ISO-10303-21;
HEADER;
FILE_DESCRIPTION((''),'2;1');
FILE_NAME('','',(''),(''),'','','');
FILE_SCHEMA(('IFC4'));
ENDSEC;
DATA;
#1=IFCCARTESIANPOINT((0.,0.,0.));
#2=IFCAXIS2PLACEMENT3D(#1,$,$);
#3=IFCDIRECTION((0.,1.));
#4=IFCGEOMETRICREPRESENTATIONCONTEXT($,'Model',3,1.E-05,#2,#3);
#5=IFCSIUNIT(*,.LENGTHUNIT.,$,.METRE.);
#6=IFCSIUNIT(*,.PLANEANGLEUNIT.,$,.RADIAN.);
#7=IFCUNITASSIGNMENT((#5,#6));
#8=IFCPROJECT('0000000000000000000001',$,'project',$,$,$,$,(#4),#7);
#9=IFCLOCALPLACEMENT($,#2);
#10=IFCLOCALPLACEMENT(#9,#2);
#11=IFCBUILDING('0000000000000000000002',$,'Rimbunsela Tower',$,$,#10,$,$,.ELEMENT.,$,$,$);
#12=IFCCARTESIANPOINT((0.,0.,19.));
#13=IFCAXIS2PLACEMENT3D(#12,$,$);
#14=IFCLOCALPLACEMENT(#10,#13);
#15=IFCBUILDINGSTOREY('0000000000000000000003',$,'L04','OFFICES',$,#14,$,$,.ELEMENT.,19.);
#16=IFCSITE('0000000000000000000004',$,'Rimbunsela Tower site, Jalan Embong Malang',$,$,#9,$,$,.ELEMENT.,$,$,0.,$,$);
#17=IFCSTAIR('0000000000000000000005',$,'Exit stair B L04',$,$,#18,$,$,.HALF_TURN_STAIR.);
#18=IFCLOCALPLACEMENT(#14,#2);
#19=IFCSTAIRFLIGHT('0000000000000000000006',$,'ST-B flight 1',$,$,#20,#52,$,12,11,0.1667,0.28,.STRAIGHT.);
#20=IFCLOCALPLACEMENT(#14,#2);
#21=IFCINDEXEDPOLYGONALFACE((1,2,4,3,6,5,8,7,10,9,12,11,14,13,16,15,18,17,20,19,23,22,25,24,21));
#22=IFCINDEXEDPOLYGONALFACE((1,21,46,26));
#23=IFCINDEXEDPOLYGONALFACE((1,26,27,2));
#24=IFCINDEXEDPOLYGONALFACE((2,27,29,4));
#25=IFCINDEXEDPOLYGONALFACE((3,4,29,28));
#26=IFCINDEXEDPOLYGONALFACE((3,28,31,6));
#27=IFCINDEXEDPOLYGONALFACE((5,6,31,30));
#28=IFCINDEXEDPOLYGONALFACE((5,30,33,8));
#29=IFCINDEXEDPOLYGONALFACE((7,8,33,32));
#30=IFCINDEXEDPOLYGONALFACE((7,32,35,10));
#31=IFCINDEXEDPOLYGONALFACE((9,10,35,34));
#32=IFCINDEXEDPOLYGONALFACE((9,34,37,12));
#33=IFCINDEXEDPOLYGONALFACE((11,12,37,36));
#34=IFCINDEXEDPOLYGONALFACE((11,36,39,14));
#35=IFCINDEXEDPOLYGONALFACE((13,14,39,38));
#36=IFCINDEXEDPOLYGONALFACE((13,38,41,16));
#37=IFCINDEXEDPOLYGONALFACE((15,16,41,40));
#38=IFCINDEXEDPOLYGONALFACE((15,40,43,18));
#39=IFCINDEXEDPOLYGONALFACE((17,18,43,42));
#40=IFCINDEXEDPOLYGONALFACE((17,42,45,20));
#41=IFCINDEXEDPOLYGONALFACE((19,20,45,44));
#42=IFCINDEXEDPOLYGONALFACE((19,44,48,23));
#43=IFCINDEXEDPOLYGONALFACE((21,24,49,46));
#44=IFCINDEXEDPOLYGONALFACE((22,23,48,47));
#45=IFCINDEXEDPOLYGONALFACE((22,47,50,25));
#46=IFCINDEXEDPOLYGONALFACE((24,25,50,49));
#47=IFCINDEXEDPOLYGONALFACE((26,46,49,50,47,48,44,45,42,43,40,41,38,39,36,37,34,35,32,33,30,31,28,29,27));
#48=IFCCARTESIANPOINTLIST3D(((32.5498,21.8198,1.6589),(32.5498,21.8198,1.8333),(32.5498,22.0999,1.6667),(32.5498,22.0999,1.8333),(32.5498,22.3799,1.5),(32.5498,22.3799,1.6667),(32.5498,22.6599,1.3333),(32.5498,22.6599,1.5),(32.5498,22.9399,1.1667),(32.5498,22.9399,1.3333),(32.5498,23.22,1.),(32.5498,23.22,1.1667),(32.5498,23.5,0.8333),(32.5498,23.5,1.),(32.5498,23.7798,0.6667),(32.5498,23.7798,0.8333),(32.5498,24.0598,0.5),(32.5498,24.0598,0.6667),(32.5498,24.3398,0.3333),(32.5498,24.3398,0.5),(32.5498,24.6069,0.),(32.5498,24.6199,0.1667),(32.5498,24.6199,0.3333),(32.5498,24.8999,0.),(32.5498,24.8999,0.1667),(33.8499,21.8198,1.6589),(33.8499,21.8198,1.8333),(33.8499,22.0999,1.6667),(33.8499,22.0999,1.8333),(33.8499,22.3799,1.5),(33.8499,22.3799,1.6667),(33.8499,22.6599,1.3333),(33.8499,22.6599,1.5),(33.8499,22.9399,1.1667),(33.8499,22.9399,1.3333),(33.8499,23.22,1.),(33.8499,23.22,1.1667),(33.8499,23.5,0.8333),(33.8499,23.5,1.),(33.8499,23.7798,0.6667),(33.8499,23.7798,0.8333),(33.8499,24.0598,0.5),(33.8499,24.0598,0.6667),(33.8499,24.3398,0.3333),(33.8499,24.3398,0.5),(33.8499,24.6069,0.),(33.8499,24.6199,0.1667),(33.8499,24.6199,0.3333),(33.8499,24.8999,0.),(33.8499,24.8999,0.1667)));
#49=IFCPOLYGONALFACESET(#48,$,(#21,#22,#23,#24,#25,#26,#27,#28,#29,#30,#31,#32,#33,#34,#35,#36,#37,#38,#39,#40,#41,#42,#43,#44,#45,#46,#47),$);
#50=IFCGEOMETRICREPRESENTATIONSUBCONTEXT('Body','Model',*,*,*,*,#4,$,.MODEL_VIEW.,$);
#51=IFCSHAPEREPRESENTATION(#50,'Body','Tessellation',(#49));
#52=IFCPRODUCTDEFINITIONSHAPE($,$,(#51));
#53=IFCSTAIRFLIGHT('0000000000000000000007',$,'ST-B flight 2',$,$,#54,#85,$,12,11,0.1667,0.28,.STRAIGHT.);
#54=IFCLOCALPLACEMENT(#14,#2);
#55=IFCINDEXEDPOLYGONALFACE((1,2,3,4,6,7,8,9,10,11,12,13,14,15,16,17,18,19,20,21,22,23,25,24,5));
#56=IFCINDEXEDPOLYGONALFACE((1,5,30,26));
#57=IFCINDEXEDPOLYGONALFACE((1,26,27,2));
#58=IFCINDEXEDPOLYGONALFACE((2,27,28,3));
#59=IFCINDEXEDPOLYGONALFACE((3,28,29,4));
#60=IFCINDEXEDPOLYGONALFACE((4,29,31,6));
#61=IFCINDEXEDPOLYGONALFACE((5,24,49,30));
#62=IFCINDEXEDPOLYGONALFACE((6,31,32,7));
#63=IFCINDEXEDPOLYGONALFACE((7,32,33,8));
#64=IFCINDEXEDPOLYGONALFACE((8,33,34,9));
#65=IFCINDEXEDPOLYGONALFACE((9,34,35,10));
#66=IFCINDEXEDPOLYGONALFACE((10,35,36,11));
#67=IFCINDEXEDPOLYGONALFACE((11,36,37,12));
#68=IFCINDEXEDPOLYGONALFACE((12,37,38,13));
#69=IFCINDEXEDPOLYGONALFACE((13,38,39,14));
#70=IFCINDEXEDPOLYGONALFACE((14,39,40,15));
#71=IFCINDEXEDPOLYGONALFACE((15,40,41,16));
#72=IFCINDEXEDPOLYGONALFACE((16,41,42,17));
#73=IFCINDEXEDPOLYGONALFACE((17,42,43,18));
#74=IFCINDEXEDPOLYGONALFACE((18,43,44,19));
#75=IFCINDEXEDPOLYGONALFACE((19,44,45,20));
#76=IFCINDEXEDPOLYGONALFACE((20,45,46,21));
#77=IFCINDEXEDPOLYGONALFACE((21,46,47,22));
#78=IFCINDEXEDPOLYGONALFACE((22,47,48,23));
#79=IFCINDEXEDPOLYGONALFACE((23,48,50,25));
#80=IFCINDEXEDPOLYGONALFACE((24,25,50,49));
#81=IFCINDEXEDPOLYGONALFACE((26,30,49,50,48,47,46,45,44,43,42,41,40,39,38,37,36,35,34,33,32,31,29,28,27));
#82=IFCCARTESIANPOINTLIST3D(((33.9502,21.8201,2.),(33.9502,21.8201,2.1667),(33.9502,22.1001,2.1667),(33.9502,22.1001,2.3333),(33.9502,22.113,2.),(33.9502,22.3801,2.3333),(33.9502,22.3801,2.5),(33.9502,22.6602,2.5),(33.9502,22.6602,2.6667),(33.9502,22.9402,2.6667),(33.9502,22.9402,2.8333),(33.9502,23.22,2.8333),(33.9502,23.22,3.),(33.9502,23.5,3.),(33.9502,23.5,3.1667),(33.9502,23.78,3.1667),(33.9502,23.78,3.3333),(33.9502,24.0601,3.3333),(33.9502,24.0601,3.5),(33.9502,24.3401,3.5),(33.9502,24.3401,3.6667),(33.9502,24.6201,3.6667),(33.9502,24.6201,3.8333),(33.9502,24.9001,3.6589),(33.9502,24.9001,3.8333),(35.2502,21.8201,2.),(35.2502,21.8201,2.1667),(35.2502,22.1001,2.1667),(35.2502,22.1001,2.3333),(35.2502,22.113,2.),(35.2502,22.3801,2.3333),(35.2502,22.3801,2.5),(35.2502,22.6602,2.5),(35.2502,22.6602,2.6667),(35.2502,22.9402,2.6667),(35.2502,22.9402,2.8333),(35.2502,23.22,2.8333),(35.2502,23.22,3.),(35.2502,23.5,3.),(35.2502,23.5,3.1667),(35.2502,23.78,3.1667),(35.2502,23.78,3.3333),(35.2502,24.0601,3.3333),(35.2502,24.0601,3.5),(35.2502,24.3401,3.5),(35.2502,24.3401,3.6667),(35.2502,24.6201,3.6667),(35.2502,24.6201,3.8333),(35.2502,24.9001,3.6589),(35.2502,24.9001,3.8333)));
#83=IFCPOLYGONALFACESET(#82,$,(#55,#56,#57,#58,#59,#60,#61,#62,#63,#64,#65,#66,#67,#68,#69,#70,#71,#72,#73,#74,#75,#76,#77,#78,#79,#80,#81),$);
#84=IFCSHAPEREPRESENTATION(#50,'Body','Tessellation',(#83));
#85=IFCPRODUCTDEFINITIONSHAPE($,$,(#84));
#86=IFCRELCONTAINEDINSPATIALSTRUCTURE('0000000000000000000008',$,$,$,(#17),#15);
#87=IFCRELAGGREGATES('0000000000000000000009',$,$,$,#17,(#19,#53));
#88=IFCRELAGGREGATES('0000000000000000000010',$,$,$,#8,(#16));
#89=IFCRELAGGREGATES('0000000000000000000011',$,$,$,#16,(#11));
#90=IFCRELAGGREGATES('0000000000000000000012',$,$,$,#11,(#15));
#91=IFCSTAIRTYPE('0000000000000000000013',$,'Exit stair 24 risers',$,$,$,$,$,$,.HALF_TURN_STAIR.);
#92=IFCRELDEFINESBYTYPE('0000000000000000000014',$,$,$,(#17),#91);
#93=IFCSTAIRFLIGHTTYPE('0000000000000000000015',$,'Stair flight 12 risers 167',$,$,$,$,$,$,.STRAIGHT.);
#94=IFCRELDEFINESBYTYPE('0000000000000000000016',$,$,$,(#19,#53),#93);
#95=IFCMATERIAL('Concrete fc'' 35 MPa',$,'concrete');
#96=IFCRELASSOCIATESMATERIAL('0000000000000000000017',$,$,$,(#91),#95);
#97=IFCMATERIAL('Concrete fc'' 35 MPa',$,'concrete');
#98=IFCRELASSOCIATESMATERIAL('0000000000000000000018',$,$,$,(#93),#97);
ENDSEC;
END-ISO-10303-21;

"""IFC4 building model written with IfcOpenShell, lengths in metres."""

from ifc_helpers import new_model, si_unit, direction, frame, origin, place, context, subcontext, project, spatial, polyline, outline, extrude, material, type_object, element, aggregate, save


model = new_model("IFC4")

# Units and contexts
model_context = context("Model", 3, precision=1e-05, world=origin(), true_north=direction((0.0, 1.0)))
body_context = subcontext(model_context, "Body", "Model", "MODEL_VIEW")
ifc_project = project(units=[si_unit("LENGTHUNIT", "METRE"), si_unit("PLANEANGLEUNIT", "RADIAN")], contexts=[model_context])

# Site, building, storey
site_placement = place(None, origin())
site = spatial("IfcSite", under=ifc_project, at=site_placement, Name="Rimbunsela Tower site, Jalan Embong Malang", CompositionType="ELEMENT", RefElevation=0.0)
building_placement = place(site_placement, origin())
building = spatial("IfcBuilding", under=site, at=building_placement, Name="Rimbunsela Tower", CompositionType="ELEMENT")
storey_placement = place(building_placement, frame((0.0, 0.0, 19.0)))
storey = spatial("IfcBuildingStorey", under=building, at=storey_placement, Name="L04", Description="OFFICES", CompositionType="ELEMENT", Elevation=19.0)

# Stair, stair flights
ifc_material_1 = material(Name="Concrete fc' 35 MPa", Category="concrete")
stair_type = type_object("IfcStairType", Name="Exit stair 24 risers", PredefinedType="HALF_TURN_STAIR", material=ifc_material_1)
ifc_material_2 = material(Name="Concrete fc' 35 MPa", Category="concrete")
stair_flight_type = type_object("IfcStairFlightType", Name="Stair flight 12 risers 167", PredefinedType="STRAIGHT", material=ifc_material_2)
stair_1_placement = place(storey_placement, origin())
stair_1 = element("IfcStair", 1, at=stair_1_placement, inside=storey, type_object=stair_type, Name="Exit stair B L04", PredefinedType="HALF_TURN_STAIR")
stair_flight_1_placement = place(storey_placement, frame((33.2, 24.8999, 0.0), z_axis=(0.0, 0.0, 1.0), x_axis=(0.0, -1.0, 0.0)))
stair_flight_1 = element("IfcStairFlight", 2, at=stair_flight_1_placement, type_object=stair_flight_type, Name="ST-B flight 1", NumberOfRisers=12, NumberOfTreads=11, PredefinedType="STRAIGHT", RiserHeight=0.1667, TreadLength=0.28, context=body_context, shape_type="SweptSolid", body=[
    extrude(outline(polyline([(0.0, 0.0), (0.0, 0.1667), (0.28, 0.1667), (0.28, 0.3333), (0.5601, 0.3333), (0.5601, 0.5), (0.8401, 0.5), (0.8401, 0.6667), (1.1201, 0.6667), (1.1201, 0.8333), (1.3999, 0.8333), (1.3999, 1.0), (1.6799, 1.0), (1.6799, 1.1667), (1.96, 1.1667), (1.96, 1.3333), (2.24, 1.3333), (2.24, 1.5), (2.52, 1.5), (2.52, 1.6667), (2.8, 1.6667), (2.8, 1.8333), (3.0801, 1.8333), (3.0801, 2.0), (3.0801, 1.6589), (0.293, 0.0), (0.0, 0.0)])), frame((0.0, 0.6499, 0.0), z_axis=(0.0, -1.0, 0.0), x_axis=(1.0, 0.0, 0.0)), (0.0, 0.0, 1.0), 1.3),
])
stair_flight_2_placement = place(storey_placement, frame((34.6001, 21.8201, 2.0), z_axis=(0.0, 0.0, 1.0), x_axis=(0.0, 1.0, 0.0)))
stair_flight_2 = element("IfcStairFlight", 3, at=stair_flight_2_placement, type_object=stair_flight_type, Name="ST-B flight 2", NumberOfRisers=12, NumberOfTreads=11, PredefinedType="STRAIGHT", RiserHeight=0.1667, TreadLength=0.28, context=body_context, shape_type="SweptSolid", body=[
    extrude(outline(polyline([(0.0, 0.0), (0.0, 0.1667), (0.28, 0.1667), (0.28, 0.3333), (0.5601, 0.3333), (0.5601, 0.5), (0.8401, 0.5), (0.8401, 0.6667), (1.1201, 0.6667), (1.1201, 0.8333), (1.3999, 0.8333), (1.3999, 1.0), (1.6799, 1.0), (1.6799, 1.1667), (1.96, 1.1667), (1.96, 1.3333), (2.24, 1.3333), (2.24, 1.5), (2.52, 1.5), (2.52, 1.6667), (2.8, 1.6667), (2.8, 1.8333), (3.0801, 1.8333), (3.0801, 2.0), (3.0801, 1.6589), (0.293, 0.0), (0.0, 0.0)])), frame((0.0, 0.6499, 0.0), z_axis=(0.0, -1.0, 0.0), x_axis=(1.0, 0.0, 0.0)), (0.0, 0.0, 1.0), 1.3),
])
aggregate(stair_1, [stair_flight_1, stair_flight_2])

save(model, "model.ifc")
